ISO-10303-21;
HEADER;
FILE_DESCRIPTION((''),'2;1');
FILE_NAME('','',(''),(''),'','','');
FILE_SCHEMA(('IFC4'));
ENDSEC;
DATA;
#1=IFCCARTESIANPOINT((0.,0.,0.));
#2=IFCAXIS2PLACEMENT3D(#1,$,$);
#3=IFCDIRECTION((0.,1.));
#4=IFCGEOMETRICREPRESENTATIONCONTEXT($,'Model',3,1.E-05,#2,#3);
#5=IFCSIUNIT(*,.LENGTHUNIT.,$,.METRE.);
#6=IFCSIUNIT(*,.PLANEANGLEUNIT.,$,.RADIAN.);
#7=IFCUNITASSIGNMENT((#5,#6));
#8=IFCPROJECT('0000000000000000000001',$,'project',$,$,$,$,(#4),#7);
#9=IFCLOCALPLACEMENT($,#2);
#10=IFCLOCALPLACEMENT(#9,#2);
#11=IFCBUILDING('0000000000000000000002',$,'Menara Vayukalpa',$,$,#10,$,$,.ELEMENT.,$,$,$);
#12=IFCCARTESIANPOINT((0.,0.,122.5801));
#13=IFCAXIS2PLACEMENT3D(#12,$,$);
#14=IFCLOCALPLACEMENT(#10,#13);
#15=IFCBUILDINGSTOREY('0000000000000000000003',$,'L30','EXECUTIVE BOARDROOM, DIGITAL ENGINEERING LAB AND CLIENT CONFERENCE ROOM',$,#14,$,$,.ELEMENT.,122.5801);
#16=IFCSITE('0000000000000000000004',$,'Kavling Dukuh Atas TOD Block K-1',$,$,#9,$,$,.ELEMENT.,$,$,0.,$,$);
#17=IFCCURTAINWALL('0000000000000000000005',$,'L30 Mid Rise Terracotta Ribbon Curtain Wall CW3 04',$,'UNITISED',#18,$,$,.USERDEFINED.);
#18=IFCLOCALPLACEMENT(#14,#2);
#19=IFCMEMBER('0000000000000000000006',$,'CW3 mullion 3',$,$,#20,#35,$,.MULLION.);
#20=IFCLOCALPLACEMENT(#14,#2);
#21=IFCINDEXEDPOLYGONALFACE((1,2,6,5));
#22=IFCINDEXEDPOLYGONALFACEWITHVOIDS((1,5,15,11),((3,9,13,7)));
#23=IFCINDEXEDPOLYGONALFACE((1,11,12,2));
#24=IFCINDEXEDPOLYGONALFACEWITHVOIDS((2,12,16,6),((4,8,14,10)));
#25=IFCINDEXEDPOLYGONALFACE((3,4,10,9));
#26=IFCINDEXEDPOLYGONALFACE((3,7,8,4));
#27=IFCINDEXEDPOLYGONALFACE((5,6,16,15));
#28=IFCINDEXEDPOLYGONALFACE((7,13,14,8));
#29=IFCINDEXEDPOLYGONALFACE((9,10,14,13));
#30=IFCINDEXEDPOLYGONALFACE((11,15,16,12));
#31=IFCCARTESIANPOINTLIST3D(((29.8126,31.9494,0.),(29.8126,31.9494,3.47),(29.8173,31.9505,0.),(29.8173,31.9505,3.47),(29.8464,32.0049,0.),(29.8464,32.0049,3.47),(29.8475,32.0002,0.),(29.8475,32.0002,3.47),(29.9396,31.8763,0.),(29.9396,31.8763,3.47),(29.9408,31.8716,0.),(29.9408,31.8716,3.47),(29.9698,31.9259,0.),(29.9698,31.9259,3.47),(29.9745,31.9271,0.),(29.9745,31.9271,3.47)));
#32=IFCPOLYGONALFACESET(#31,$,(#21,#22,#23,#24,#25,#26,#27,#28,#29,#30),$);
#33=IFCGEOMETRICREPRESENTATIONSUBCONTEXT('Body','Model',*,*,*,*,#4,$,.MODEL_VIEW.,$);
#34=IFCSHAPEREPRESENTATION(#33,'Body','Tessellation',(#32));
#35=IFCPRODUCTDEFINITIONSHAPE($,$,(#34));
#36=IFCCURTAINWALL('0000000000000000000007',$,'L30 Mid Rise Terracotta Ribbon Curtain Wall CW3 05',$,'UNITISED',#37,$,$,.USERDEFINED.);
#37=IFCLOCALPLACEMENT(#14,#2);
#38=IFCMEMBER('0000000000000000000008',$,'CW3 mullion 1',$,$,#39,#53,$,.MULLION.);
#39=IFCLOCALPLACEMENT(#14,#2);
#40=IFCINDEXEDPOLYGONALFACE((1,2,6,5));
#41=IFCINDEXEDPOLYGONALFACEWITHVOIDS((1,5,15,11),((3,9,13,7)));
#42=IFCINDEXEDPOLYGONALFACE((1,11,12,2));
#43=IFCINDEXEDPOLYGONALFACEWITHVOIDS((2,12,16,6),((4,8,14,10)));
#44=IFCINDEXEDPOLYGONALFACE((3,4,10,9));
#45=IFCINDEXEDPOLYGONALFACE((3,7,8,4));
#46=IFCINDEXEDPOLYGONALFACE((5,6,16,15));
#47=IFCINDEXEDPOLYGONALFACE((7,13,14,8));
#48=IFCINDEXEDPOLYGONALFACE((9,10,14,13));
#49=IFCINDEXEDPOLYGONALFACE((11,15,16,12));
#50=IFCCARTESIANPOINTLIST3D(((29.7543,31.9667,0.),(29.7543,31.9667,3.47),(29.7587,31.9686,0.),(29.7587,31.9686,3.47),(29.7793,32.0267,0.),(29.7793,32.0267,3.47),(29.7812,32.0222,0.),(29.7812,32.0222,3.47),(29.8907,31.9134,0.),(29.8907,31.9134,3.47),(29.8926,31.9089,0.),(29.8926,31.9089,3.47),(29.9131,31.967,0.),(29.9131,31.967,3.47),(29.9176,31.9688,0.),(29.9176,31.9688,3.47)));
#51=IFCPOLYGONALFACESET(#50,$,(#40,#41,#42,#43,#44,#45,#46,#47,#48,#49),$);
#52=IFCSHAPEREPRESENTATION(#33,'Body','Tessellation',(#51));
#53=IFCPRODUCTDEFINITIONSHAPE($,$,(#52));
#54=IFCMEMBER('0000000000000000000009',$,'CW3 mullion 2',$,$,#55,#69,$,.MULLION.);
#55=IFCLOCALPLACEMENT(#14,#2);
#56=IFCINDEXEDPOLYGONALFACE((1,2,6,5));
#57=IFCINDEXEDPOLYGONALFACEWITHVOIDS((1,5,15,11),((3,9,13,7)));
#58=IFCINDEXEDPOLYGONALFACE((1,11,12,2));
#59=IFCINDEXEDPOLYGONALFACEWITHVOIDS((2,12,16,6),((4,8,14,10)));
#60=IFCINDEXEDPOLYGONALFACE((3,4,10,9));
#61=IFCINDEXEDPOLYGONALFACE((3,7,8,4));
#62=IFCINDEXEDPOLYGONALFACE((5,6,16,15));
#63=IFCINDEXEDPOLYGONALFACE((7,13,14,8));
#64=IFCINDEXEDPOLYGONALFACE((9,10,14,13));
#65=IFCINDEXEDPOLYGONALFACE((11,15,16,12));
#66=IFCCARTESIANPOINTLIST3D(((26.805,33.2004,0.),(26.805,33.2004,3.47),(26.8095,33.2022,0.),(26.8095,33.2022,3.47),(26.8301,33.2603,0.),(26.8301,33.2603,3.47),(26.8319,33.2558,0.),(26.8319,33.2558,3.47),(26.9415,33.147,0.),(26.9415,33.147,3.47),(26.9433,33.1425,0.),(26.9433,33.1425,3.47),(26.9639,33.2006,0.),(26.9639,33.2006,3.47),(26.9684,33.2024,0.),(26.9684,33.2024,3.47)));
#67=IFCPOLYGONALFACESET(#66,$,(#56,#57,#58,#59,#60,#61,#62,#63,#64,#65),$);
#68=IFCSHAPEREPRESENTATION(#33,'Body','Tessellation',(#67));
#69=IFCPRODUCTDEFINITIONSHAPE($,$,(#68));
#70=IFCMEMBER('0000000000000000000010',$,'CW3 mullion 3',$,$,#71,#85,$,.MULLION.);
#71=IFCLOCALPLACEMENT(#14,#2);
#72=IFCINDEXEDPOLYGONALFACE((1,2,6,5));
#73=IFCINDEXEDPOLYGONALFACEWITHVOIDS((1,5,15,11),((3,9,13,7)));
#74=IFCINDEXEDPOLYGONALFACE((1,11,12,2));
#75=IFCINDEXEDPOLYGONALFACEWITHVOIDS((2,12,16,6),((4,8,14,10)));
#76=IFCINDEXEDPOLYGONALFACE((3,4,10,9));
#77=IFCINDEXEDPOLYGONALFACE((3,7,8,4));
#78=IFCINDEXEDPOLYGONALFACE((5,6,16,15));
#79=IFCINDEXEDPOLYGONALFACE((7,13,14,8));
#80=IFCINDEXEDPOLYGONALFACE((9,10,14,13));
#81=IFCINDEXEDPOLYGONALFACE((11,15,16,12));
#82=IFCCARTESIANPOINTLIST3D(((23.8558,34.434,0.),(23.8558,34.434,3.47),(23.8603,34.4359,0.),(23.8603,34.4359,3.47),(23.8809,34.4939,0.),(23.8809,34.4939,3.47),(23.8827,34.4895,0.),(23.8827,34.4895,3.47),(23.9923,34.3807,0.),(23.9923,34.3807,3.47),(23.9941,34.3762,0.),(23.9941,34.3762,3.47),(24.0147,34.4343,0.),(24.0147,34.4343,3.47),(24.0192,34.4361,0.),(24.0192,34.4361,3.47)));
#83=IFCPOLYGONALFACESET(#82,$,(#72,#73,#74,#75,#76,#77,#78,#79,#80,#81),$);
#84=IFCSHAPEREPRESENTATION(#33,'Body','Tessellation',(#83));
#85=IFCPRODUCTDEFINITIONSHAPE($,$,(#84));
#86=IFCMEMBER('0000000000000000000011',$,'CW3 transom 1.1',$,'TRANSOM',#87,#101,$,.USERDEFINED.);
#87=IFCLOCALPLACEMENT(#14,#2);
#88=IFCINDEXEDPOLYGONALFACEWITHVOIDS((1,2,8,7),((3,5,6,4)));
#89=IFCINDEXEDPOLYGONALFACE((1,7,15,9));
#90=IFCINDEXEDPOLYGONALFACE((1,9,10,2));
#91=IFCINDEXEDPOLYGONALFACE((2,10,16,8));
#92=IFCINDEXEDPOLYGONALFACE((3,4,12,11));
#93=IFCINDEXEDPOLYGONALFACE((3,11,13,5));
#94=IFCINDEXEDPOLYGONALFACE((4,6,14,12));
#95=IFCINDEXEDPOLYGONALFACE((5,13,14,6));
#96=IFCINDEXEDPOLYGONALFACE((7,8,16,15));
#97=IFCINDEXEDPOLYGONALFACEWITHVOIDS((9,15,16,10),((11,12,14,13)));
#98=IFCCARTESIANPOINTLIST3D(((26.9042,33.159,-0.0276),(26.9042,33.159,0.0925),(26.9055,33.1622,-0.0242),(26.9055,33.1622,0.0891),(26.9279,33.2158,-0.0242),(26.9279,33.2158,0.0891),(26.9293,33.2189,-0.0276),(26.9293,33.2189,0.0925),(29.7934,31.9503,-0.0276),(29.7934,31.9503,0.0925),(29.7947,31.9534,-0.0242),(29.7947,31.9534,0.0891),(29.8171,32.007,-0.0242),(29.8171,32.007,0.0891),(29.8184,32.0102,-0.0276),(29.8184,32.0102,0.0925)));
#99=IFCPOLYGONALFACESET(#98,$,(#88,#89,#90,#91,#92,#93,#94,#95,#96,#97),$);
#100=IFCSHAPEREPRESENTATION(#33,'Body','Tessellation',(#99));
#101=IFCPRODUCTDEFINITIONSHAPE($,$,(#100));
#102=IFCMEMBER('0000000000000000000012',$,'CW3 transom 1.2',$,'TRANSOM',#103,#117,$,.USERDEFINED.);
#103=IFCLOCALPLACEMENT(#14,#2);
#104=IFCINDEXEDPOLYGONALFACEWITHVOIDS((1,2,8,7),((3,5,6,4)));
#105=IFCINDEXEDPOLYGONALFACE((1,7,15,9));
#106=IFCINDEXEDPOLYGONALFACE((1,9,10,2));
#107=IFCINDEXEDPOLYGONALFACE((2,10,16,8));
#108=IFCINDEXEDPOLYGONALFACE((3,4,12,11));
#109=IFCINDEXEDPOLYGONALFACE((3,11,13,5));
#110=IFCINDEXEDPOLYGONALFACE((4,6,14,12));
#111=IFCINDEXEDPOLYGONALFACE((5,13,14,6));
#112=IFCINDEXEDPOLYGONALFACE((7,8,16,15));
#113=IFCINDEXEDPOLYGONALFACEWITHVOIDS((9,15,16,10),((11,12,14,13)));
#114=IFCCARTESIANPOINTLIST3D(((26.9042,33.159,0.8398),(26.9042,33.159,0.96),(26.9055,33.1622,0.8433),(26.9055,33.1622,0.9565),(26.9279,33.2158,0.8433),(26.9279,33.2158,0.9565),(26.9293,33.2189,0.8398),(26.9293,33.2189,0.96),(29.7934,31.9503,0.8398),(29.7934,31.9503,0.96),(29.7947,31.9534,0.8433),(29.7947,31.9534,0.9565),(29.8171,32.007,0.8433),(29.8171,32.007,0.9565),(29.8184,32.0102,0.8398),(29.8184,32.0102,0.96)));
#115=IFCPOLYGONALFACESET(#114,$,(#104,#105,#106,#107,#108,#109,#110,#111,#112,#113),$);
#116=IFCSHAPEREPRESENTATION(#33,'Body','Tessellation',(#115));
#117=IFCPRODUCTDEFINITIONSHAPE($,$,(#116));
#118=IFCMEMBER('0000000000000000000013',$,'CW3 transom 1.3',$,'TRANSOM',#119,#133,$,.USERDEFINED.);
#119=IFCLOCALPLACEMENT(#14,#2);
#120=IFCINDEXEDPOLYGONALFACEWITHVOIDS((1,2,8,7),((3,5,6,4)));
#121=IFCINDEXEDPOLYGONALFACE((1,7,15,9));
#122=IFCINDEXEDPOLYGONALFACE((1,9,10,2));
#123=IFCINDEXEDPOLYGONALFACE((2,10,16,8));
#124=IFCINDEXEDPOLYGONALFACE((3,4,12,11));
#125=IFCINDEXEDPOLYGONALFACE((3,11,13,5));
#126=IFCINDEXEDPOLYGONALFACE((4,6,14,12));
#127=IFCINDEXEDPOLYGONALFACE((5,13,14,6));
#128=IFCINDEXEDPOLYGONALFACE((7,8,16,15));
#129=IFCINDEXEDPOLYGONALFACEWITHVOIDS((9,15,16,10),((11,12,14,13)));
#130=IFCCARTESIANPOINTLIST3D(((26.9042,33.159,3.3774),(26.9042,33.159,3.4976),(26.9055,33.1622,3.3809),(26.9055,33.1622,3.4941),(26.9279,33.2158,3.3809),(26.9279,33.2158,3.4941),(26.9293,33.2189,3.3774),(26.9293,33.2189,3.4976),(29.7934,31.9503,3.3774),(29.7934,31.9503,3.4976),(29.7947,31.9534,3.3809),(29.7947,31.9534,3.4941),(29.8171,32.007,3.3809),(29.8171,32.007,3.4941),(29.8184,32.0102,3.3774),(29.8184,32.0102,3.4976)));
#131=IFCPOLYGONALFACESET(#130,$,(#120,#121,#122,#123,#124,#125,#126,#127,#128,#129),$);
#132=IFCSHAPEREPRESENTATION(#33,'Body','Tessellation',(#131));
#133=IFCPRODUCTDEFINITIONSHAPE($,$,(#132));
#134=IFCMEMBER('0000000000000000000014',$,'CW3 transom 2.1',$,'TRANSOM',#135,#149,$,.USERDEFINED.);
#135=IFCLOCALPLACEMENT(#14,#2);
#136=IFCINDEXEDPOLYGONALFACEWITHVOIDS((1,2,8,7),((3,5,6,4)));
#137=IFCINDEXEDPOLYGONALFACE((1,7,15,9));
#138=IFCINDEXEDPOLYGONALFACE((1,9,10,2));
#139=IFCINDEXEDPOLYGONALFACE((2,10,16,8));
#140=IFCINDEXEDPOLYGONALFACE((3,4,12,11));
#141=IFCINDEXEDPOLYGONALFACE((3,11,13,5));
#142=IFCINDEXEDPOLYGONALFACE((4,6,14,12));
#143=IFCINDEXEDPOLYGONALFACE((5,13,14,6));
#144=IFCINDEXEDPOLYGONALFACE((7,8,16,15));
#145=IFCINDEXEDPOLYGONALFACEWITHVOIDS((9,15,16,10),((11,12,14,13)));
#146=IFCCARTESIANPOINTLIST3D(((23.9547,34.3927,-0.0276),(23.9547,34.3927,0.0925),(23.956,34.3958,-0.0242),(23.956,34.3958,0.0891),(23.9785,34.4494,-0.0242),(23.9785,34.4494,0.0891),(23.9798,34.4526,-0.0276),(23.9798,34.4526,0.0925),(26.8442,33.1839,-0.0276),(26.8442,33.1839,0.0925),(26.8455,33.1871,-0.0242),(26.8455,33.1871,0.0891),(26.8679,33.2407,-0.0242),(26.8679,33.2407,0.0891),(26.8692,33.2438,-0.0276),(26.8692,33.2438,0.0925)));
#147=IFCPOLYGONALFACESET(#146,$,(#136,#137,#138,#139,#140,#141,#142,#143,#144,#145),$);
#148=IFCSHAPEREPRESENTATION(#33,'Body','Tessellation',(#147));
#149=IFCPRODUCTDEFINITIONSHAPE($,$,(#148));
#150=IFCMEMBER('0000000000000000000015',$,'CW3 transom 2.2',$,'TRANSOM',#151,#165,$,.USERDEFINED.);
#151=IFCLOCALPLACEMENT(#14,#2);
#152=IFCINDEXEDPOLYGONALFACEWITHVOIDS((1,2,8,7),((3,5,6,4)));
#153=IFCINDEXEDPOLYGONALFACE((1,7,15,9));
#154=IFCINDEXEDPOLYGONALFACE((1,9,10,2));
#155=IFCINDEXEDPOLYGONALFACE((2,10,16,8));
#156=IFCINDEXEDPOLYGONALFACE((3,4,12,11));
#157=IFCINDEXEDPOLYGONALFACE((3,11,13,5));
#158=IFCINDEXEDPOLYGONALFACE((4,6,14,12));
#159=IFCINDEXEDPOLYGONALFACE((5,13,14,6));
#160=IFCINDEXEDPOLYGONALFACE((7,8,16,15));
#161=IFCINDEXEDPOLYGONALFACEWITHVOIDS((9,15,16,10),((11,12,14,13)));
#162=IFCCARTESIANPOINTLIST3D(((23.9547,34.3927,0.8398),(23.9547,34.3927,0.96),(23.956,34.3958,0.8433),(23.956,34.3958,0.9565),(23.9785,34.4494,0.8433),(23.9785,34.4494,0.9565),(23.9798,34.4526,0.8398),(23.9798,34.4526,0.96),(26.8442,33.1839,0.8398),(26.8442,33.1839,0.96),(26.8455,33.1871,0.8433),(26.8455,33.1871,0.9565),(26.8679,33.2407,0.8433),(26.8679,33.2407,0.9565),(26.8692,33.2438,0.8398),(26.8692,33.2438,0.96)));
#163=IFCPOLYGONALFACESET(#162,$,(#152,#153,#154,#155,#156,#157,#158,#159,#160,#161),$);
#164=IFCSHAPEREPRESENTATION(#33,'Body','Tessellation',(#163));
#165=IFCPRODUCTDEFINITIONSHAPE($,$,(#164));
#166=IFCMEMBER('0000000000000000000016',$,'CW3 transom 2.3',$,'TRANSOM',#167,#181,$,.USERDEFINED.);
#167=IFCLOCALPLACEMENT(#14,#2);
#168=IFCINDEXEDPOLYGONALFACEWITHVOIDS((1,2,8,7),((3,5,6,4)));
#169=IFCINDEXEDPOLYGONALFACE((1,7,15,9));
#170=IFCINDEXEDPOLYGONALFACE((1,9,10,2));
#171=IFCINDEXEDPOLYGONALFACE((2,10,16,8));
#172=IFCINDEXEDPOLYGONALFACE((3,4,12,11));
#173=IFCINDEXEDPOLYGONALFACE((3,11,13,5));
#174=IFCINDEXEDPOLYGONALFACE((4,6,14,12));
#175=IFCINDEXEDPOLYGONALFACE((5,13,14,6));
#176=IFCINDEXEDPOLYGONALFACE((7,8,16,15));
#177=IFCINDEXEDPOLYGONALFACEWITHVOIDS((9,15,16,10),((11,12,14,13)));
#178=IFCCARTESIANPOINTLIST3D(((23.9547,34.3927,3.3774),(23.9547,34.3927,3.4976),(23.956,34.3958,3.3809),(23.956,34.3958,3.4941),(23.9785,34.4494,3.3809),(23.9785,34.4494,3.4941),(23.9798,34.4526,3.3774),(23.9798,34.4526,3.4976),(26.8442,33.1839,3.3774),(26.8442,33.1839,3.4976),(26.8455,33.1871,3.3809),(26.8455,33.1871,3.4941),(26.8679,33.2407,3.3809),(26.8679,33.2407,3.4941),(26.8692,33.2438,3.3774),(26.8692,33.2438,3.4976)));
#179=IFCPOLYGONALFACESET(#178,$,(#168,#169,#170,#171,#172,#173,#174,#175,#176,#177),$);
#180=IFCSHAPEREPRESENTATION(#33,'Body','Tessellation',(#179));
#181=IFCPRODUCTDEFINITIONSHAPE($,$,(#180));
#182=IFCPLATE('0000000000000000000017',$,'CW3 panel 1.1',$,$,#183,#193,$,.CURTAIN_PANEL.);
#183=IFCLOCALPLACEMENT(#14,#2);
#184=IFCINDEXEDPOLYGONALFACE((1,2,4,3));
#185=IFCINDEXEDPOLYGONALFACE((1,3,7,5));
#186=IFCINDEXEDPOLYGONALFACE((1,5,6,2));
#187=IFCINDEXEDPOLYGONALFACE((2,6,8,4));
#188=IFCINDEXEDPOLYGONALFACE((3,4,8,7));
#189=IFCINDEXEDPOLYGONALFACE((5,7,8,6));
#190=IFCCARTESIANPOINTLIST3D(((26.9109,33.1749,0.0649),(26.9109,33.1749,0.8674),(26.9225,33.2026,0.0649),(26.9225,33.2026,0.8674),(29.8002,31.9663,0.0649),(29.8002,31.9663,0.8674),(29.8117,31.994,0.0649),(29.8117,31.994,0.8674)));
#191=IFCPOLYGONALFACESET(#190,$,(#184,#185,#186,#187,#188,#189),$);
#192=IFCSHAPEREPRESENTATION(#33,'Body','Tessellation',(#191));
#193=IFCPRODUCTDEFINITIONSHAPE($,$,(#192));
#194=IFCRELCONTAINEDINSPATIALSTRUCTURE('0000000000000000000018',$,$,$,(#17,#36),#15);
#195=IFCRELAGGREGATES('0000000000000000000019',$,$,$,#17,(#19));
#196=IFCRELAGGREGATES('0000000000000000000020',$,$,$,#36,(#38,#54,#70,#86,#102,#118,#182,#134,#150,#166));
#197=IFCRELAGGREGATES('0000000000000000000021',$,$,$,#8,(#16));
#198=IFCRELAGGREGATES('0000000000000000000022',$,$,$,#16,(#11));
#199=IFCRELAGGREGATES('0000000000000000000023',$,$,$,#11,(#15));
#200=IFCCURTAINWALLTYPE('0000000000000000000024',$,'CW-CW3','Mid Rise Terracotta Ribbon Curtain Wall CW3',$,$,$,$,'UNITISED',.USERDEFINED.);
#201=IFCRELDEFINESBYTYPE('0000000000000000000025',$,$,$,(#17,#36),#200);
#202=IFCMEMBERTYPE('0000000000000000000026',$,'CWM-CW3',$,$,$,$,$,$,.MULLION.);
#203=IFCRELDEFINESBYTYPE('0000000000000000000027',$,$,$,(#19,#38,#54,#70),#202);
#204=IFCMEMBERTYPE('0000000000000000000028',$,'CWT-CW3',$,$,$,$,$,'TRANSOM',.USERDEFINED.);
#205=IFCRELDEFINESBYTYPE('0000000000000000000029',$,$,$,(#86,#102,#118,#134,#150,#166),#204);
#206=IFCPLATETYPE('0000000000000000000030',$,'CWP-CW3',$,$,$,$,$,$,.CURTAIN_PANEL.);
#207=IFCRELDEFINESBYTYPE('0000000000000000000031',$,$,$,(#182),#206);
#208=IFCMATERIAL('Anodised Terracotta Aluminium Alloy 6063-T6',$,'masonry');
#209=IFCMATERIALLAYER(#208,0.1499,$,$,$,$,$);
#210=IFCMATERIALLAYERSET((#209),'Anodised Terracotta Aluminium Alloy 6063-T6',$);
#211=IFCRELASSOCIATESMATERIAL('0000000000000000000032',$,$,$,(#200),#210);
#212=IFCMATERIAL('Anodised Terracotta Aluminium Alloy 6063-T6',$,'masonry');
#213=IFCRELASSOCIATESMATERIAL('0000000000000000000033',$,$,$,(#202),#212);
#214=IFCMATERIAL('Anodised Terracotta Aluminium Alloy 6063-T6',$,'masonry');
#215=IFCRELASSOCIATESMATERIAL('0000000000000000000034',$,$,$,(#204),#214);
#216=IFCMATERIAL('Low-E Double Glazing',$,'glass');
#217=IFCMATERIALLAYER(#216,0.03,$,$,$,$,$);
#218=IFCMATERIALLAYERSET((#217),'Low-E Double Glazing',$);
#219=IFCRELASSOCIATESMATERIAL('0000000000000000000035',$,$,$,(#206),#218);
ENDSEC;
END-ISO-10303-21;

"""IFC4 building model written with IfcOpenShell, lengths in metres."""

from ifc_helpers import new_model, si_unit, direction, frame, origin, origin_2d, place, context, subcontext, project, spatial, rectangle, hollow_rectangle, extrude, material, layer, layer_set, material_profile, profile_set, type_object, element, aggregate, save


model = new_model("IFC4")

# Units and contexts
model_context = context("Model", 3, precision=1e-05, world=origin(), true_north=direction((0.0, 1.0)))
body_context = subcontext(model_context, "Body", "Model", "MODEL_VIEW")
ifc_project = project(units=[si_unit("LENGTHUNIT", "METRE"), si_unit("PLANEANGLEUNIT", "RADIAN")], contexts=[model_context])

# Site, building, storey
site_placement = place(None, origin())
site = spatial("IfcSite", under=ifc_project, at=site_placement, Name="Kavling Dukuh Atas TOD Block K-1", CompositionType="ELEMENT", RefElevation=0.0)
building_placement = place(site_placement, origin())
building = spatial("IfcBuilding", under=site, at=building_placement, Name="Menara Vayukalpa", CompositionType="ELEMENT")
storey_placement = place(building_placement, frame((0.0, 0.0, 122.5801)))
storey = spatial("IfcBuildingStorey", under=building, at=storey_placement, Name="L30", Description="EXECUTIVE BOARDROOM, DIGITAL ENGINEERING LAB AND CLIENT CONFERENCE ROOM", CompositionType="ELEMENT", Elevation=122.5801)

# Curtain wall, member
ifc_material_1 = material(Name="Anodised Terracotta Aluminium Alloy 6063-T6", Category="masonry")
ifc_layer_1 = layer(ifc_material_1, 0.1499)
ifc_layer_set_1 = layer_set([ifc_layer_1], Name="Anodised Terracotta Aluminium Alloy 6063-T6")
curtain_wall_type = type_object("IfcCurtainWallType", Name="CW-CW3", Description="Mid Rise Terracotta Ribbon Curtain Wall CW3", ElementType="UNITISED", PredefinedType="USERDEFINED", material=ifc_layer_set_1)
curtain_wall_1_placement = place(storey_placement, origin())
curtain_wall_1 = element("IfcCurtainWall", 1, at=curtain_wall_1_placement, inside=storey, type_object=curtain_wall_type, Name="L30 Mid Rise Terracotta Ribbon Curtain Wall CW3 04", ObjectType="UNITISED", PredefinedType="USERDEFINED")
ifc_material_2 = material(Name="Anodised Terracotta Aluminium Alloy 6063-T6", Category="masonry")
ifc_material_profile_1 = material_profile(ifc_material_2, hollow_rectangle(XDim=0.0649, YDim=0.1499, WallThickness=0.0034, at=origin_2d()), Name="ALU 65x150x3.5")
ifc_profile_set_1 = profile_set([ifc_material_profile_1], Name="Anodised Terracotta Aluminium Alloy 6063-T6")
member_type_1 = type_object("IfcMemberType", Name="CWM-CW3", PredefinedType="MULLION", material=ifc_profile_set_1)
member_1_placement = place(storey_placement, frame((29.8936, 31.9382, 0.0), z_axis=(0.0, 0.0, 1.0), x_axis=(-0.519183, -0.854663, 0.0)))
member_1 = element("IfcMember", 2, at=member_1_placement, type_object=member_type_1, Name="CW3 mullion 3", PredefinedType="MULLION", context=body_context, shape_type="SweptSolid", body=[
    extrude(hollow_rectangle(XDim=0.0649, YDim=0.1499, WallThickness=0.0034, at=origin_2d()), origin(), (0.0, 0.0, 1.0), 3.47),
])
aggregate(curtain_wall_1, [member_1])

# Curtain wall, members, plate
curtain_wall_2_placement = place(storey_placement, origin())
curtain_wall_2 = element("IfcCurtainWall", 3, at=curtain_wall_2_placement, inside=storey, type_object=curtain_wall_type, Name="L30 Mid Rise Terracotta Ribbon Curtain Wall CW3 05", ObjectType="UNITISED", PredefinedType="USERDEFINED")
member_2_placement = place(storey_placement, frame((29.8359, 31.9678, 0.0), z_axis=(0.0, 0.0, 1.0), x_axis=(-0.385894, -0.922543, 0.0)))
member_2 = element("IfcMember", 4, at=member_2_placement, type_object=member_type_1, Name="CW3 mullion 1", PredefinedType="MULLION", context=body_context, shape_type="SweptSolid", body=[
    extrude(hollow_rectangle(XDim=0.0649, YDim=0.1499, WallThickness=0.0034, at=origin_2d()), origin(), (0.0, 0.0, 1.0), 3.47),
])
member_3_placement = place(storey_placement, frame((26.8867, 33.2014, 0.0), z_axis=(0.0, 0.0, 1.0), x_axis=(-0.385894, -0.922543, 0.0)))
member_3 = element("IfcMember", 5, at=member_3_placement, type_object=member_type_1, Name="CW3 mullion 2", PredefinedType="MULLION", context=body_context, shape_type="SweptSolid", body=[
    extrude(hollow_rectangle(XDim=0.0649, YDim=0.1499, WallThickness=0.0034, at=origin_2d()), origin(), (0.0, 0.0, 1.0), 3.47),
])
member_4_placement = place(storey_placement, frame((23.9375, 34.4351, 0.0), z_axis=(0.0, 0.0, 1.0), x_axis=(-0.385894, -0.922543, 0.0)))
member_4 = element("IfcMember", 6, at=member_4_placement, type_object=member_type_1, Name="CW3 mullion 3", PredefinedType="MULLION", context=body_context, shape_type="SweptSolid", body=[
    extrude(hollow_rectangle(XDim=0.0649, YDim=0.1499, WallThickness=0.0034, at=origin_2d()), origin(), (0.0, 0.0, 1.0), 3.47),
])
ifc_material_3 = material(Name="Anodised Terracotta Aluminium Alloy 6063-T6", Category="masonry")
ifc_material_profile_2 = material_profile(ifc_material_3, hollow_rectangle(XDim=0.0649, YDim=0.1201, WallThickness=0.0034, at=origin_2d()), Name="ALU 65x120x3.5")
ifc_profile_set_2 = profile_set([ifc_material_profile_2], Name="Anodised Terracotta Aluminium Alloy 6063-T6")
member_type_2 = type_object("IfcMemberType", Name="CWT-CW3", ElementType="TRANSOM", PredefinedType="USERDEFINED", material=ifc_profile_set_2)
member_5_placement = place(storey_placement, frame((29.8059, 31.9802, 0.0325), z_axis=(-0.922518, 0.385955, 0.0), x_axis=(-0.385955, -0.922518, 0.0)))
member_5 = element("IfcMember", 7, at=member_5_placement, type_object=member_type_2, Name="CW3 transom 1.1", ObjectType="TRANSOM", PredefinedType="USERDEFINED", context=body_context, shape_type="SweptSolid", body=[
    extrude(hollow_rectangle(XDim=0.0649, YDim=0.1201, WallThickness=0.0034, at=origin_2d()), origin(), (0.0, 0.0, 1.0), 3.1318),
])
member_6_placement = place(storey_placement, frame((29.8059, 31.9802, 0.8999), z_axis=(-0.922518, 0.385955, 0.0), x_axis=(-0.385955, -0.922518, 0.0)))
member_6 = element("IfcMember", 8, at=member_6_placement, type_object=member_type_2, Name="CW3 transom 1.2", ObjectType="TRANSOM", PredefinedType="USERDEFINED", context=body_context, shape_type="SweptSolid", body=[
    extrude(hollow_rectangle(XDim=0.0649, YDim=0.1201, WallThickness=0.0034, at=origin_2d()), origin(), (0.0, 0.0, 1.0), 3.1318),
])
member_7_placement = place(storey_placement, frame((29.8059, 31.9802, 3.4375), z_axis=(-0.922518, 0.385955, 0.0), x_axis=(-0.385955, -0.922518, 0.0)))
member_7 = element("IfcMember", 9, at=member_7_placement, type_object=member_type_2, Name="CW3 transom 1.3", ObjectType="TRANSOM", PredefinedType="USERDEFINED", context=body_context, shape_type="SweptSolid", body=[
    extrude(hollow_rectangle(XDim=0.0649, YDim=0.1201, WallThickness=0.0034, at=origin_2d()), origin(), (0.0, 0.0, 1.0), 3.1318),
])
member_8_placement = place(storey_placement, frame((26.8567, 33.2139, 0.0325), z_axis=(-0.922529, 0.385927, 0.0), x_axis=(-0.385927, -0.922529, 0.0)))
member_8 = element("IfcMember", 10, at=member_8_placement, type_object=member_type_2, Name="CW3 transom 2.1", ObjectType="TRANSOM", PredefinedType="USERDEFINED", context=body_context, shape_type="SweptSolid", body=[
    extrude(hollow_rectangle(XDim=0.0649, YDim=0.1201, WallThickness=0.0034, at=origin_2d()), origin(), (0.0, 0.0, 1.0), 3.1321),
])
member_9_placement = place(storey_placement, frame((26.8567, 33.2139, 0.8999), z_axis=(-0.922529, 0.385927, 0.0), x_axis=(-0.385927, -0.922529, 0.0)))
member_9 = element("IfcMember", 11, at=member_9_placement, type_object=member_type_2, Name="CW3 transom 2.2", ObjectType="TRANSOM", PredefinedType="USERDEFINED", context=body_context, shape_type="SweptSolid", body=[
    extrude(hollow_rectangle(XDim=0.0649, YDim=0.1201, WallThickness=0.0034, at=origin_2d()), origin(), (0.0, 0.0, 1.0), 3.1321),
])
member_10_placement = place(storey_placement, frame((26.8567, 33.2139, 3.4375), z_axis=(-0.922529, 0.385927, 0.0), x_axis=(-0.385927, -0.922529, 0.0)))
member_10 = element("IfcMember", 12, at=member_10_placement, type_object=member_type_2, Name="CW3 transom 2.3", ObjectType="TRANSOM", PredefinedType="USERDEFINED", context=body_context, shape_type="SweptSolid", body=[
    extrude(hollow_rectangle(XDim=0.0649, YDim=0.1201, WallThickness=0.0034, at=origin_2d()), origin(), (0.0, 0.0, 1.0), 3.1321),
])
ifc_material_4 = material(Name="Low-E Double Glazing", Category="glass")
ifc_layer_2 = layer(ifc_material_4, 0.03)
ifc_layer_set_2 = layer_set([ifc_layer_2], Name="Low-E Double Glazing")
plate_type = type_object("IfcPlateType", Name="CWP-CW3", PredefinedType="CURTAIN_PANEL", material=ifc_layer_set_2)
plate_1_placement = place(storey_placement, frame((28.3613, 32.5845, 0.0649), z_axis=(0.0, 0.0, 1.0), x_axis=(-0.922543, 0.385894, 0.0)))
plate_1 = element("IfcPlate", 13, at=plate_1_placement, type_object=plate_type, Name="CW3 panel 1.1", PredefinedType="CURTAIN_PANEL", context=body_context, shape_type="SweptSolid", body=[
    extrude(rectangle(XDim=3.1318, YDim=0.03, at=origin_2d()), origin(), (0.0, 0.0, 1.0), 0.8025),
])
aggregate(curtain_wall_2, [member_2, member_3, member_4, member_5, member_6, member_7, plate_1, member_8, member_9, member_10])

save(model, "model.ifc")
